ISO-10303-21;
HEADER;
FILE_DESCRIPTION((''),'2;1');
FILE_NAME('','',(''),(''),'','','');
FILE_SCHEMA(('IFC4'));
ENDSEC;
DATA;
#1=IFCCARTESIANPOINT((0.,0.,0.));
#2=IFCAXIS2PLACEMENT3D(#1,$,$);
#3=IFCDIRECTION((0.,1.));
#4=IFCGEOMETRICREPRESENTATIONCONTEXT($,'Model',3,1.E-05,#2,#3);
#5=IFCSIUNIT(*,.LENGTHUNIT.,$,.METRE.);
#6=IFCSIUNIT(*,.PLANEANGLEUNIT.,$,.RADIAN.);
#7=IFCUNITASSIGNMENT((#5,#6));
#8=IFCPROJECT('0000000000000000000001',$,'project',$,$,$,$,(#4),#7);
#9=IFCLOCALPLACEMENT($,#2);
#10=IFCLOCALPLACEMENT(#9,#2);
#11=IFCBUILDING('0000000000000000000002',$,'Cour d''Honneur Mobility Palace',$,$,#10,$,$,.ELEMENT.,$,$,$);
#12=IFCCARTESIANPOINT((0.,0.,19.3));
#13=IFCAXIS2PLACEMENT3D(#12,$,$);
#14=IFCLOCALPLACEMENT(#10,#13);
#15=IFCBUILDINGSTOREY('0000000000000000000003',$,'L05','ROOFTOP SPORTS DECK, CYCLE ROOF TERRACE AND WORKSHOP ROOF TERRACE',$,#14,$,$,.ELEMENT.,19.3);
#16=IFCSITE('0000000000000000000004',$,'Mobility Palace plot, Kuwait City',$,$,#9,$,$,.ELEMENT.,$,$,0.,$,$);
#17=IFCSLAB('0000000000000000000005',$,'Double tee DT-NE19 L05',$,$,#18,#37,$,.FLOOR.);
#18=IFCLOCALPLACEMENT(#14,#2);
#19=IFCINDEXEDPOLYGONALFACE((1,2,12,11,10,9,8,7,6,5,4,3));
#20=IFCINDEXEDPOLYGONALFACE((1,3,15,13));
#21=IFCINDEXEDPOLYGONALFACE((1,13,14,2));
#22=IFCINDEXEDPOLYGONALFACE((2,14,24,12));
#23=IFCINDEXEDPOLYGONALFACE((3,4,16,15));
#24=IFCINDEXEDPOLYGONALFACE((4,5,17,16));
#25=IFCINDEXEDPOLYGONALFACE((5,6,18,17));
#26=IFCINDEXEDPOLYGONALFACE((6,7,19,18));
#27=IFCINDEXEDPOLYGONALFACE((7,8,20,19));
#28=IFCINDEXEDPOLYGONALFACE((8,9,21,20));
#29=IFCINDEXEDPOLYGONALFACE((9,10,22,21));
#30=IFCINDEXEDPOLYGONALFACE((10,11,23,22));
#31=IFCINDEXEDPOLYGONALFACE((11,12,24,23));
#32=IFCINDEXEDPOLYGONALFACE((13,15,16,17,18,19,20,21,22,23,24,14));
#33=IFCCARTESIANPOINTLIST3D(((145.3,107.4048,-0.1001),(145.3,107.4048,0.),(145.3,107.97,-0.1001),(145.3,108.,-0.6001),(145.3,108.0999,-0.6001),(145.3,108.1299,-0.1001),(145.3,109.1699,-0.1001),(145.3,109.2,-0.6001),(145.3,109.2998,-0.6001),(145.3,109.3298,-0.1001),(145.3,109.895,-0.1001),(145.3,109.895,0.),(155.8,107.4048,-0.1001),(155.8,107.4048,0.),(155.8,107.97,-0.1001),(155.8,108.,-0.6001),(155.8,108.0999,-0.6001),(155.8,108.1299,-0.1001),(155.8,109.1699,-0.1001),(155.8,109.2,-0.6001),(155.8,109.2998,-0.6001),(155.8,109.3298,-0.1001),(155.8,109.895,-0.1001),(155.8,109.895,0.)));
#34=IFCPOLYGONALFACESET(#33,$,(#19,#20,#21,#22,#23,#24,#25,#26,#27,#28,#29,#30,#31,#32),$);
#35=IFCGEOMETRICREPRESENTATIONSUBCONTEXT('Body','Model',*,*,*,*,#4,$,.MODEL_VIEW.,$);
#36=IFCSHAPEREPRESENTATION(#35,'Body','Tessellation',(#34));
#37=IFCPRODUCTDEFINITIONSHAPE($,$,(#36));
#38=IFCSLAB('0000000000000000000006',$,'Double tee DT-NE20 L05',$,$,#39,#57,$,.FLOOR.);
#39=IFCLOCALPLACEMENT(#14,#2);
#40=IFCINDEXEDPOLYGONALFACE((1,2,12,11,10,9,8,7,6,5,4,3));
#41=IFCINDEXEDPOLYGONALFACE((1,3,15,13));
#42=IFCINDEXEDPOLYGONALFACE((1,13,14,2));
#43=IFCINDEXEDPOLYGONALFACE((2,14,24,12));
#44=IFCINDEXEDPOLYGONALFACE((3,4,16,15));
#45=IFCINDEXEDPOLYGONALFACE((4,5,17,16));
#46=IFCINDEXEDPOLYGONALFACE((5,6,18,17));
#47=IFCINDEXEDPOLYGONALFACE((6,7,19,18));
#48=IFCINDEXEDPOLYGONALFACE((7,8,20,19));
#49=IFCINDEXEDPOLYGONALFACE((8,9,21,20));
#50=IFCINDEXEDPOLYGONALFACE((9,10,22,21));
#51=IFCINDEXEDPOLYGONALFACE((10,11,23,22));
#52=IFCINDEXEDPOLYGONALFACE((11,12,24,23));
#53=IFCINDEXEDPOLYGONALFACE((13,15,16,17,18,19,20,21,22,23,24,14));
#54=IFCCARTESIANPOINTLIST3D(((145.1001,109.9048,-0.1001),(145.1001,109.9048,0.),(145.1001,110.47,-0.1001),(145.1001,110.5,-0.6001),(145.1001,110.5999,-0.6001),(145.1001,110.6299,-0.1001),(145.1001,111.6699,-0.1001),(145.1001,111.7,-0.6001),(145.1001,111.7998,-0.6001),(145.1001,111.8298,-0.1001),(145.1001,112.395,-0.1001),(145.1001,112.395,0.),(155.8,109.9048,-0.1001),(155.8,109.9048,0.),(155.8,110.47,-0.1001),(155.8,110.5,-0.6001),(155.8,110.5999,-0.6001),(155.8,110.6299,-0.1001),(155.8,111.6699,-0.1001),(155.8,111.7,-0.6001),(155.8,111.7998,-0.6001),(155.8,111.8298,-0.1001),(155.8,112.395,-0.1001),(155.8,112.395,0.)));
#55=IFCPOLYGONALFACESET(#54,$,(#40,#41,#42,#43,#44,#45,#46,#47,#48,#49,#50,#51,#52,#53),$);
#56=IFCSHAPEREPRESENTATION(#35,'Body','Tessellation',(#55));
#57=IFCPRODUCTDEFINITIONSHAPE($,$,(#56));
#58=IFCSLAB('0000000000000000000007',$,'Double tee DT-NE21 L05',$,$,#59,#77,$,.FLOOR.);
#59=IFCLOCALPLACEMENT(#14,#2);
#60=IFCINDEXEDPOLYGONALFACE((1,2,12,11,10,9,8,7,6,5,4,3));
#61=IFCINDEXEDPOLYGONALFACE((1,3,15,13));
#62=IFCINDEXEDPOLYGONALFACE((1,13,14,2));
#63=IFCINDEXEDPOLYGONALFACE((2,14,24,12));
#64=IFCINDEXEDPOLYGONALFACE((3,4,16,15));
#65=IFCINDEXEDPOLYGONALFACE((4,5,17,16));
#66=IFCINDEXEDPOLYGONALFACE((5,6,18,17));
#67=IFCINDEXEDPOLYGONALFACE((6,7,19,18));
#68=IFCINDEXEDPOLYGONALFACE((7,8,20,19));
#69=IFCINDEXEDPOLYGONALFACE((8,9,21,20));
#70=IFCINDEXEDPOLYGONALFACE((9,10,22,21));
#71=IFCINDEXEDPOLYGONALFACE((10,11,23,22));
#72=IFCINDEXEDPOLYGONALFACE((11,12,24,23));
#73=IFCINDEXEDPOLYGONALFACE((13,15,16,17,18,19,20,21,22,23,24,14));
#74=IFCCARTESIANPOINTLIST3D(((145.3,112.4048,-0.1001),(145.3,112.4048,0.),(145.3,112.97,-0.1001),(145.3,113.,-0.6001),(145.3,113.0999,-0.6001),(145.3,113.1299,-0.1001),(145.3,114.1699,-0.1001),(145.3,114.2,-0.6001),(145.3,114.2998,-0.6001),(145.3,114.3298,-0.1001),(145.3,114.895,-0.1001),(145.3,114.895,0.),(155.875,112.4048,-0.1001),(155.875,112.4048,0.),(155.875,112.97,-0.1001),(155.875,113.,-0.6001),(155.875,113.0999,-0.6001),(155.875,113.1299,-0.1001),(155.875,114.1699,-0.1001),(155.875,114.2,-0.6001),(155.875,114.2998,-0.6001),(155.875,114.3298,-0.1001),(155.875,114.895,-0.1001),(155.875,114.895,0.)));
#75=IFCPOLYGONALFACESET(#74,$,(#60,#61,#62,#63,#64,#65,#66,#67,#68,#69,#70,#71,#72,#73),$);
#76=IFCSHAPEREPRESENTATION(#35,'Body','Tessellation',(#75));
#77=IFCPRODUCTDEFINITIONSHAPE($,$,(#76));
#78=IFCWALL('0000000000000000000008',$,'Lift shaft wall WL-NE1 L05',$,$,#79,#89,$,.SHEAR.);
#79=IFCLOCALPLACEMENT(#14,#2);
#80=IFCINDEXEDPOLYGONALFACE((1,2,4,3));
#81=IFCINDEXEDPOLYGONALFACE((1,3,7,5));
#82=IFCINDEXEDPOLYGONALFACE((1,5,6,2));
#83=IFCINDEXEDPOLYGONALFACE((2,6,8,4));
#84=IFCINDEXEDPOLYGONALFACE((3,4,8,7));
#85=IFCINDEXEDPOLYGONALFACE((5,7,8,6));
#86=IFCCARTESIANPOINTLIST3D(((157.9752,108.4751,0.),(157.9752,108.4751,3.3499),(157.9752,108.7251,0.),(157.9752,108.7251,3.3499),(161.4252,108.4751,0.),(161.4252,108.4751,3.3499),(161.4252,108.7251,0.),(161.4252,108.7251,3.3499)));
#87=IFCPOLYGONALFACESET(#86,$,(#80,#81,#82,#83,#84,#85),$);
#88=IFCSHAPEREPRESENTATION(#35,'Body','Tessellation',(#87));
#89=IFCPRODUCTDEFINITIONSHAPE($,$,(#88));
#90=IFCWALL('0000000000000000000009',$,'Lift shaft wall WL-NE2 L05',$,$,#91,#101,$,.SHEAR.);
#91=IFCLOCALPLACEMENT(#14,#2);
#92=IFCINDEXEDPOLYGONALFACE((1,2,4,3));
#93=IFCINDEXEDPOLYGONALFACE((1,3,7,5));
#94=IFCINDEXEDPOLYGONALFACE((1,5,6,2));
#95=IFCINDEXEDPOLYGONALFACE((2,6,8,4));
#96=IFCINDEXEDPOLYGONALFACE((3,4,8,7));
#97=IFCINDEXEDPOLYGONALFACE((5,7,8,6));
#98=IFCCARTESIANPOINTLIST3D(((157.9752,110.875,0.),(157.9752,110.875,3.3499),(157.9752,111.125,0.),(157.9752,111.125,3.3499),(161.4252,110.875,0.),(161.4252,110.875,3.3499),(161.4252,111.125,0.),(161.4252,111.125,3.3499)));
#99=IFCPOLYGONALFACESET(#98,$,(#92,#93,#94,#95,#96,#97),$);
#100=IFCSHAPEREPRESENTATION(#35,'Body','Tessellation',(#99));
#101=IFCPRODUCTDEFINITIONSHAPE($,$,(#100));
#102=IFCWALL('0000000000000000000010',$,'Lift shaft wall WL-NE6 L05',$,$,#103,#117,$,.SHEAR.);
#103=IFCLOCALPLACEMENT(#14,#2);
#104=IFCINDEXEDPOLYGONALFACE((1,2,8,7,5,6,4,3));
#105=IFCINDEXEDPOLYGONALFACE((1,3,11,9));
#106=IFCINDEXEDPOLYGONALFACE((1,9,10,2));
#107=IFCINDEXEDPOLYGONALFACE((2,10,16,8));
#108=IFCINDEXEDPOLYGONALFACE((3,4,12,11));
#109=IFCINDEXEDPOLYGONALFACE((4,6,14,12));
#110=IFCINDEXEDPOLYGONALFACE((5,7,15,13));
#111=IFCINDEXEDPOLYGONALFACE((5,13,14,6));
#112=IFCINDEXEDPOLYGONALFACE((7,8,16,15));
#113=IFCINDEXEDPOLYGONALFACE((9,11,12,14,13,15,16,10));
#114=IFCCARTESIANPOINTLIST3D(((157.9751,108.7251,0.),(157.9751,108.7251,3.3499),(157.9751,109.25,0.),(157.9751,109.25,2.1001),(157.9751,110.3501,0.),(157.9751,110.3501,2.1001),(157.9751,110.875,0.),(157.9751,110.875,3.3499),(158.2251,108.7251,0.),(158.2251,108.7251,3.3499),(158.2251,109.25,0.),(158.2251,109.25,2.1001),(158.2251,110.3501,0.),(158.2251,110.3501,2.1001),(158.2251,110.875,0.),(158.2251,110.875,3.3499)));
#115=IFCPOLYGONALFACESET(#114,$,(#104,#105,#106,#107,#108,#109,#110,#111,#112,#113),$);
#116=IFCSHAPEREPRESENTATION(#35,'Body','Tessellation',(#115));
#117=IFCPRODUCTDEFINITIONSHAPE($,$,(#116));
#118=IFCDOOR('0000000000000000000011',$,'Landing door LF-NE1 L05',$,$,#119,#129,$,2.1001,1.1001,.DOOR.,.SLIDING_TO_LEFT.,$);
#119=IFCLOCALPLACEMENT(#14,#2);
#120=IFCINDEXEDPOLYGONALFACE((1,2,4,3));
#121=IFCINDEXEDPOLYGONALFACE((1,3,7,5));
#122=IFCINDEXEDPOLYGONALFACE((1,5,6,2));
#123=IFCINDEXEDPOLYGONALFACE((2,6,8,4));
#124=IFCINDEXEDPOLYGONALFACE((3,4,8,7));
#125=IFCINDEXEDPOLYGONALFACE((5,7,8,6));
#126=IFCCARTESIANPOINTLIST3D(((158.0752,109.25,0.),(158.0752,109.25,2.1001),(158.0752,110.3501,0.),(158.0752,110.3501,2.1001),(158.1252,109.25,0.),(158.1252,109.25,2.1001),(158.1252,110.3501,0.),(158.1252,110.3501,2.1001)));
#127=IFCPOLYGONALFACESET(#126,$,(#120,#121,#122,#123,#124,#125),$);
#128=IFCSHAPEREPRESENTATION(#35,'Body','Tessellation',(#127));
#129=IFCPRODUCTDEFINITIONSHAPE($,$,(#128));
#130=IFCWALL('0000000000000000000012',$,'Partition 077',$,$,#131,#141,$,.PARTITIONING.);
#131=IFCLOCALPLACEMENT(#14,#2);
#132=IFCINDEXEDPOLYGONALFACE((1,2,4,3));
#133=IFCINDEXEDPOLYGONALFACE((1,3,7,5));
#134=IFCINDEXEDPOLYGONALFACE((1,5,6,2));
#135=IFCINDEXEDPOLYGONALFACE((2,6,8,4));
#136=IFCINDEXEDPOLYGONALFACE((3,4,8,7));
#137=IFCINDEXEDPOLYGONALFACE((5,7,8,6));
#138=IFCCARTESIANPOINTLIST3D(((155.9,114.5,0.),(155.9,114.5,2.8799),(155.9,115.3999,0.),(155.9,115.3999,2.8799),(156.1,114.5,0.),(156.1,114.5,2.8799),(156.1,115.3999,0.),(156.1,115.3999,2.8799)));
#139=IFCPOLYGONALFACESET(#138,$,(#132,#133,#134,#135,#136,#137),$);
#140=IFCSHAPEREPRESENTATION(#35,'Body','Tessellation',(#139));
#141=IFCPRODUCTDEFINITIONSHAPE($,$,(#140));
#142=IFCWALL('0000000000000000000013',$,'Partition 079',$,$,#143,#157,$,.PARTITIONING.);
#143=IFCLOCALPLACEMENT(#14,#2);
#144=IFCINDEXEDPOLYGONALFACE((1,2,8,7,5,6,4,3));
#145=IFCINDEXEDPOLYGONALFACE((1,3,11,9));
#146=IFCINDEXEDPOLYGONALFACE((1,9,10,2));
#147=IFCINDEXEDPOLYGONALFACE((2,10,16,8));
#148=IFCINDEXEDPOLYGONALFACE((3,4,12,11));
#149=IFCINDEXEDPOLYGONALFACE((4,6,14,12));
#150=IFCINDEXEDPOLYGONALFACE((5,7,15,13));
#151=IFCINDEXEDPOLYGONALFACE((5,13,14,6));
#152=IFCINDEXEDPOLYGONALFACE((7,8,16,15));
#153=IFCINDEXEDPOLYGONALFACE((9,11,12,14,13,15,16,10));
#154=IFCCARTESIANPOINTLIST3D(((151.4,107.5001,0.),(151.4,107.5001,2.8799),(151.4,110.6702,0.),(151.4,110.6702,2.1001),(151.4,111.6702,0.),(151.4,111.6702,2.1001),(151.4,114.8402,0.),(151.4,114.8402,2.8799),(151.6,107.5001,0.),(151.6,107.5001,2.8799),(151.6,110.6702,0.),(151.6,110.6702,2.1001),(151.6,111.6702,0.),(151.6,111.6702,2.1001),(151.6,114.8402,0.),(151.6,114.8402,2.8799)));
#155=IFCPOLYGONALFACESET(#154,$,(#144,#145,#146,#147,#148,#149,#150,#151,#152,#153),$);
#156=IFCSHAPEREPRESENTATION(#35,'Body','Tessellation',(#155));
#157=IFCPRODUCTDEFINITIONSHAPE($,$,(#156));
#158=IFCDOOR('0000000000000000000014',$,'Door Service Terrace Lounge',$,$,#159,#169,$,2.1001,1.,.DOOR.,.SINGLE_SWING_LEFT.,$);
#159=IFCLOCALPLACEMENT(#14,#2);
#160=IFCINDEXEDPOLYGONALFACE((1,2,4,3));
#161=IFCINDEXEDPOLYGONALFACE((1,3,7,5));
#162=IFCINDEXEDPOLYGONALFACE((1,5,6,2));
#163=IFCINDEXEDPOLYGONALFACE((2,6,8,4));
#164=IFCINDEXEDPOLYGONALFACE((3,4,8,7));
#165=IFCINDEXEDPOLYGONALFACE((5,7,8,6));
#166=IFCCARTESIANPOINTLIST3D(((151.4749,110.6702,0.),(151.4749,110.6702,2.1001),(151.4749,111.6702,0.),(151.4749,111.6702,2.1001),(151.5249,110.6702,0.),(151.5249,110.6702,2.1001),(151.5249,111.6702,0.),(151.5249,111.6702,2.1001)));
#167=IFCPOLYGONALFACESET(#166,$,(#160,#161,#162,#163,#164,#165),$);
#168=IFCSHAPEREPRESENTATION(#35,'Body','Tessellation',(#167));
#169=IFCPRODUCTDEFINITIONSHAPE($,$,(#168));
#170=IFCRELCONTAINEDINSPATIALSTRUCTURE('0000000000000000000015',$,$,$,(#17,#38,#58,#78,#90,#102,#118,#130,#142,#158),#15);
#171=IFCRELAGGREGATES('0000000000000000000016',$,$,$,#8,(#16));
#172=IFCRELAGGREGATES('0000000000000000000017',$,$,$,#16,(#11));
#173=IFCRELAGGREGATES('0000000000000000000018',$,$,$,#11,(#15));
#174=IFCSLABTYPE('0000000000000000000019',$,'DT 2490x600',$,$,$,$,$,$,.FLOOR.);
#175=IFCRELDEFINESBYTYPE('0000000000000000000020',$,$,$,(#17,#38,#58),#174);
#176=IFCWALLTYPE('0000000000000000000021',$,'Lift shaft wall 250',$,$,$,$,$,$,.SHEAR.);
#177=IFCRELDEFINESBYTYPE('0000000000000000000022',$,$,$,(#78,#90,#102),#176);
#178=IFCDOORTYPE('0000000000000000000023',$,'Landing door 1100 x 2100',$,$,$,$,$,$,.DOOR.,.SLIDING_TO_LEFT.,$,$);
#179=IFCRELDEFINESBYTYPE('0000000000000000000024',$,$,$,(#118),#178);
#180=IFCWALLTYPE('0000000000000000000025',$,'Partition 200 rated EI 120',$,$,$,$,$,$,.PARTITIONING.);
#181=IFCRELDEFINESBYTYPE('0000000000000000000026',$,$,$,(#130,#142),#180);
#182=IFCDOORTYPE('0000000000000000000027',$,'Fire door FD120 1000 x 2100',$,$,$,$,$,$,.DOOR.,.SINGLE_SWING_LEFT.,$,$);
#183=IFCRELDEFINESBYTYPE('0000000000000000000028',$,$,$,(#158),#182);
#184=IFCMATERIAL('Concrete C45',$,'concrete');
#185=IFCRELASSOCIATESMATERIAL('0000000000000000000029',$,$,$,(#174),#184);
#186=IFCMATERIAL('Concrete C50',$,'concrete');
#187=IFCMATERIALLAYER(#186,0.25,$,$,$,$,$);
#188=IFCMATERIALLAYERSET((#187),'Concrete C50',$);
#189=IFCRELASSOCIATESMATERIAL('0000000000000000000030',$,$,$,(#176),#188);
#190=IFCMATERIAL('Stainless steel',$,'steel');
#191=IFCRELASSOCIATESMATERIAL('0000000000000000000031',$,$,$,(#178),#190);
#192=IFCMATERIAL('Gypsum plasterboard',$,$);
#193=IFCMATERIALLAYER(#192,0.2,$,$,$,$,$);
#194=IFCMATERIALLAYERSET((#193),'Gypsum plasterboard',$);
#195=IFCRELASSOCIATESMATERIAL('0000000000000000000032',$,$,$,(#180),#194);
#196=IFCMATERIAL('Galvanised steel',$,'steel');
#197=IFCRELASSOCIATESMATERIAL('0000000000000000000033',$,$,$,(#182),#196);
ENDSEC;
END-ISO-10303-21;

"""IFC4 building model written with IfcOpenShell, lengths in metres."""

from ifc_helpers import new_model, si_unit, direction, frame, frame_2d, origin, place, context, subcontext, project, spatial, polyline, rectangle, outline, extrude, material, layer, layer_set, material_profile, profile_set, type_object, element, fill, save


model = new_model("IFC4")

# Units and contexts
model_context = context("Model", 3, precision=1e-05, world=origin(), true_north=direction((0.0, 1.0)))
body_context = subcontext(model_context, "Body", "Model", "MODEL_VIEW")
ifc_project = project(units=[si_unit("LENGTHUNIT", "METRE"), si_unit("PLANEANGLEUNIT", "RADIAN")], contexts=[model_context])

# Site, building, storey
site_placement = place(None, origin())
site = spatial("IfcSite", under=ifc_project, at=site_placement, Name="Mobility Palace plot, Kuwait City", CompositionType="ELEMENT", RefElevation=0.0)
building_placement = place(site_placement, origin())
building = spatial("IfcBuilding", under=site, at=building_placement, Name="Cour d'Honneur Mobility Palace", CompositionType="ELEMENT")
storey_placement = place(building_placement, frame((0.0, 0.0, 19.3)))
storey = spatial("IfcBuildingStorey", under=building, at=storey_placement, Name="L05", Description="ROOFTOP SPORTS DECK, CYCLE ROOF TERRACE AND WORKSHOP ROOF TERRACE", CompositionType="ELEMENT", Elevation=19.3)

# Slabs
ifc_material_1 = material(Name="Concrete C45", Category="concrete")
ifc_material_profile_1 = material_profile(ifc_material_1, outline(polyline([(-1.2451, 0.0), (1.2451, 0.0), (1.2451, -0.1001), (0.6799, -0.1001), (0.6499, -0.6001), (0.55, -0.6001), (0.52, -0.1001), (-0.52, -0.1001), (-0.55, -0.6001), (-0.6499, -0.6001), (-0.6799, -0.1001), (-1.2451, -0.1001), (-1.2451, 0.0)])), Name="DT 2490x600")
ifc_profile_set_1 = profile_set([ifc_material_profile_1], Name="Concrete C45")
slab_type = type_object("IfcSlabType", Name="DT 2490x600", PredefinedType="FLOOR", material=ifc_profile_set_1)
slab_1_placement = place(storey_placement, frame((145.3, 108.6499, 0.0), z_axis=(1.0, 0.0, 0.0), x_axis=(0.0, 1.0, 0.0)))
element("IfcSlab", 1, at=slab_1_placement, inside=storey, type_object=slab_type, Name="Double tee DT-NE19 L05", PredefinedType="FLOOR", context=body_context, shape_type="SweptSolid", body=[
    extrude(outline(polyline([(-1.2451, 0.0), (1.2451, 0.0), (1.2451, -0.1001), (0.6799, -0.1001), (0.6499, -0.6001), (0.55, -0.6001), (0.52, -0.1001), (-0.52, -0.1001), (-0.55, -0.6001), (-0.6499, -0.6001), (-0.6799, -0.1001), (-1.2451, -0.1001), (-1.2451, 0.0)])), origin(), (0.0, 0.0, 1.0), 10.5),
])
slab_2_placement = place(storey_placement, frame((145.1001, 111.1499, 0.0), z_axis=(1.0, 0.0, 0.0), x_axis=(0.0, 1.0, 0.0)))
element("IfcSlab", 2, at=slab_2_placement, inside=storey, type_object=slab_type, Name="Double tee DT-NE20 L05", PredefinedType="FLOOR", context=body_context, shape_type="SweptSolid", body=[
    extrude(outline(polyline([(-1.2451, 0.0), (1.2451, 0.0), (1.2451, -0.1001), (0.6799, -0.1001), (0.6499, -0.6001), (0.55, -0.6001), (0.52, -0.1001), (-0.52, -0.1001), (-0.55, -0.6001), (-0.6499, -0.6001), (-0.6799, -0.1001), (-1.2451, -0.1001), (-1.2451, 0.0)])), origin(), (0.0, 0.0, 1.0), 10.7),
])
slab_3_placement = place(storey_placement, frame((145.3, 113.6499, 0.0), z_axis=(1.0, 0.0, 0.0), x_axis=(0.0, 1.0, 0.0)))
element("IfcSlab", 3, at=slab_3_placement, inside=storey, type_object=slab_type, Name="Double tee DT-NE21 L05", PredefinedType="FLOOR", context=body_context, shape_type="SweptSolid", body=[
    extrude(outline(polyline([(-1.2451, 0.0), (1.2451, 0.0), (1.2451, -0.1001), (0.6799, -0.1001), (0.6499, -0.6001), (0.55, -0.6001), (0.52, -0.1001), (-0.52, -0.1001), (-0.55, -0.6001), (-0.6499, -0.6001), (-0.6799, -0.1001), (-1.2451, -0.1001), (-1.2451, 0.0)])), origin(), (0.0, 0.0, 1.0), 10.575),
])

# Walls
ifc_material_2 = material(Name="Concrete C50", Category="concrete")
ifc_layer_1 = layer(ifc_material_2, 0.25)
ifc_layer_set_1 = layer_set([ifc_layer_1], Name="Concrete C50")
wall_type_1 = type_object("IfcWallType", Name="Lift shaft wall 250", PredefinedType="SHEAR", material=ifc_layer_set_1)
for number, where, z_axis, x_axis, name in (
    (4, (157.9751, 108.6001, 0.0), (0.0, 0.0, 1.0), (1.0, 0.0, 0.0), "Lift shaft wall WL-NE1 L05"),
    (5, (157.9751, 111.0, 0.0), (0.0, 0.0, 1.0), (1.0, 0.0, 0.0), "Lift shaft wall WL-NE2 L05"),
):
    element("IfcWall", number, at=place(storey_placement, frame(where, z_axis=z_axis, x_axis=x_axis)), inside=storey, type_object=wall_type_1, Name=name, PredefinedType="SHEAR", context=body_context, shape_type="SweptSolid", body=[
        extrude(rectangle(XDim=3.45, YDim=0.25, at=frame_2d((1.7251, 0.0))), origin(), (0.0, 0.0, 1.0), 3.3499),
    ])

# Wall, opening, door
wall_1_placement = place(storey_placement, frame((158.1001, 108.7251, 0.0), z_axis=(0.0, 0.0, 1.0), x_axis=(0.0, 1.0, 0.0)))
wall_1 = element("IfcWall", 6, at=wall_1_placement, inside=storey, type_object=wall_type_1, Name="Lift shaft wall WL-NE6 L05", PredefinedType="SHEAR", context=body_context, shape_type="SweptSolid", body=[
    extrude(rectangle(XDim=2.1499, YDim=0.25, at=frame_2d((1.075, 0.0))), origin(), (0.0, 0.0, 1.0), 3.3499),
])
opening_1_placement = place(wall_1_placement, frame((0.5249, 0.0, 0.0)))
opening_1 = element("IfcOpeningElement", 7, at=opening_1_placement, cuts=wall_1, PredefinedType="OPENING", context=body_context, shape_type="SweptSolid", body=[
    extrude(rectangle(XDim=1.1001, YDim=2.1001, at=frame_2d((0.55, 1.05))), frame((0.0, 0.135, 0.0), z_axis=(0.0, -1.0, 0.0), x_axis=(1.0, 0.0, 0.0)), (0.0, 0.0, 1.0), 0.27),
])
ifc_material_3 = material(Name="Stainless steel", Category="steel")
door_type_1 = type_object("IfcDoorType", Name="Landing door 1100 x 2100", OperationType="SLIDING_TO_LEFT", PredefinedType="DOOR", material=ifc_material_3)
door_1_placement = place(opening_1_placement, origin())
door_1 = element("IfcDoor", 8, at=door_1_placement, inside=storey, type_object=door_type_1, Name="Landing door LF-NE1 L05", OperationType="SLIDING_TO_LEFT", OverallHeight=2.1001, OverallWidth=1.1001, PredefinedType="DOOR", context=body_context, shape_type="SweptSolid", body=[
    extrude(rectangle(XDim=1.1001, YDim=2.1001, at=frame_2d((0.55, 1.05))), frame((0.0, 0.0249, 0.0), z_axis=(0.0, -1.0, 0.0), x_axis=(1.0, 0.0, 0.0)), (0.0, 0.0, 1.0), 0.05),
])
fill(opening_1, door_1)

# Wall
ifc_material_4 = material(Name="Gypsum plasterboard")
ifc_layer_2 = layer(ifc_material_4, 0.2)
ifc_layer_set_2 = layer_set([ifc_layer_2], Name="Gypsum plasterboard")
wall_type_2 = type_object("IfcWallType", Name="Partition 200 rated EI 120", PredefinedType="PARTITIONING", material=ifc_layer_set_2)
wall_2_placement = place(storey_placement, frame((156.0, 114.5, 0.0), z_axis=(0.0, 0.0, 1.0), x_axis=(0.0, 1.0, 0.0)))
element("IfcWall", 9, at=wall_2_placement, inside=storey, type_object=wall_type_2, Name="Partition 077", PredefinedType="PARTITIONING", context=body_context, shape_type="SweptSolid", body=[
    extrude(rectangle(XDim=0.8999, YDim=0.2, at=frame_2d((0.45, 0.0))), origin(), (0.0, 0.0, 1.0), 2.8799),
])

# Wall, opening, door
wall_3_placement = place(storey_placement, frame((151.5, 114.8401, 0.0), z_axis=(0.0, 0.0, 1.0), x_axis=(0.0, -1.0, 0.0)))
wall_3 = element("IfcWall", 10, at=wall_3_placement, inside=storey, type_object=wall_type_2, Name="Partition 079", PredefinedType="PARTITIONING", context=body_context, shape_type="SweptSolid", body=[
    extrude(rectangle(XDim=7.3401, YDim=0.2, at=frame_2d((3.6699, 0.0))), origin(), (0.0, 0.0, 1.0), 2.8799),
])
opening_2_placement = place(wall_3_placement, frame((3.1699, 0.0, 0.0)))
opening_2 = element("IfcOpeningElement", 11, at=opening_2_placement, cuts=wall_3, PredefinedType="OPENING", context=body_context, shape_type="SweptSolid", body=[
    extrude(rectangle(XDim=1.0, YDim=2.1001, at=frame_2d((0.5, 1.05))), frame((0.0, 0.1099, 0.0), z_axis=(0.0, -1.0, 0.0), x_axis=(1.0, 0.0, 0.0)), (0.0, 0.0, 1.0), 0.22),
])
ifc_material_5 = material(Name="Galvanised steel", Category="steel")
door_type_2 = type_object("IfcDoorType", Name="Fire door FD120 1000 x 2100", OperationType="SINGLE_SWING_LEFT", PredefinedType="DOOR", material=ifc_material_5)
door_2_placement = place(opening_2_placement, origin())
door_2 = element("IfcDoor", 12, at=door_2_placement, inside=storey, type_object=door_type_2, Name="Door Service Terrace Lounge", OperationType="SINGLE_SWING_LEFT", OverallHeight=2.1001, OverallWidth=1.0, PredefinedType="DOOR", context=body_context, shape_type="SweptSolid", body=[
    extrude(rectangle(XDim=1.0, YDim=2.1001, at=frame_2d((0.5, 1.05))), frame((0.0, 0.0249, 0.0), z_axis=(0.0, -1.0, 0.0), x_axis=(1.0, 0.0, 0.0)), (0.0, 0.0, 1.0), 0.05),
])
fill(opening_2, door_2)

save(model, "model.ifc")
